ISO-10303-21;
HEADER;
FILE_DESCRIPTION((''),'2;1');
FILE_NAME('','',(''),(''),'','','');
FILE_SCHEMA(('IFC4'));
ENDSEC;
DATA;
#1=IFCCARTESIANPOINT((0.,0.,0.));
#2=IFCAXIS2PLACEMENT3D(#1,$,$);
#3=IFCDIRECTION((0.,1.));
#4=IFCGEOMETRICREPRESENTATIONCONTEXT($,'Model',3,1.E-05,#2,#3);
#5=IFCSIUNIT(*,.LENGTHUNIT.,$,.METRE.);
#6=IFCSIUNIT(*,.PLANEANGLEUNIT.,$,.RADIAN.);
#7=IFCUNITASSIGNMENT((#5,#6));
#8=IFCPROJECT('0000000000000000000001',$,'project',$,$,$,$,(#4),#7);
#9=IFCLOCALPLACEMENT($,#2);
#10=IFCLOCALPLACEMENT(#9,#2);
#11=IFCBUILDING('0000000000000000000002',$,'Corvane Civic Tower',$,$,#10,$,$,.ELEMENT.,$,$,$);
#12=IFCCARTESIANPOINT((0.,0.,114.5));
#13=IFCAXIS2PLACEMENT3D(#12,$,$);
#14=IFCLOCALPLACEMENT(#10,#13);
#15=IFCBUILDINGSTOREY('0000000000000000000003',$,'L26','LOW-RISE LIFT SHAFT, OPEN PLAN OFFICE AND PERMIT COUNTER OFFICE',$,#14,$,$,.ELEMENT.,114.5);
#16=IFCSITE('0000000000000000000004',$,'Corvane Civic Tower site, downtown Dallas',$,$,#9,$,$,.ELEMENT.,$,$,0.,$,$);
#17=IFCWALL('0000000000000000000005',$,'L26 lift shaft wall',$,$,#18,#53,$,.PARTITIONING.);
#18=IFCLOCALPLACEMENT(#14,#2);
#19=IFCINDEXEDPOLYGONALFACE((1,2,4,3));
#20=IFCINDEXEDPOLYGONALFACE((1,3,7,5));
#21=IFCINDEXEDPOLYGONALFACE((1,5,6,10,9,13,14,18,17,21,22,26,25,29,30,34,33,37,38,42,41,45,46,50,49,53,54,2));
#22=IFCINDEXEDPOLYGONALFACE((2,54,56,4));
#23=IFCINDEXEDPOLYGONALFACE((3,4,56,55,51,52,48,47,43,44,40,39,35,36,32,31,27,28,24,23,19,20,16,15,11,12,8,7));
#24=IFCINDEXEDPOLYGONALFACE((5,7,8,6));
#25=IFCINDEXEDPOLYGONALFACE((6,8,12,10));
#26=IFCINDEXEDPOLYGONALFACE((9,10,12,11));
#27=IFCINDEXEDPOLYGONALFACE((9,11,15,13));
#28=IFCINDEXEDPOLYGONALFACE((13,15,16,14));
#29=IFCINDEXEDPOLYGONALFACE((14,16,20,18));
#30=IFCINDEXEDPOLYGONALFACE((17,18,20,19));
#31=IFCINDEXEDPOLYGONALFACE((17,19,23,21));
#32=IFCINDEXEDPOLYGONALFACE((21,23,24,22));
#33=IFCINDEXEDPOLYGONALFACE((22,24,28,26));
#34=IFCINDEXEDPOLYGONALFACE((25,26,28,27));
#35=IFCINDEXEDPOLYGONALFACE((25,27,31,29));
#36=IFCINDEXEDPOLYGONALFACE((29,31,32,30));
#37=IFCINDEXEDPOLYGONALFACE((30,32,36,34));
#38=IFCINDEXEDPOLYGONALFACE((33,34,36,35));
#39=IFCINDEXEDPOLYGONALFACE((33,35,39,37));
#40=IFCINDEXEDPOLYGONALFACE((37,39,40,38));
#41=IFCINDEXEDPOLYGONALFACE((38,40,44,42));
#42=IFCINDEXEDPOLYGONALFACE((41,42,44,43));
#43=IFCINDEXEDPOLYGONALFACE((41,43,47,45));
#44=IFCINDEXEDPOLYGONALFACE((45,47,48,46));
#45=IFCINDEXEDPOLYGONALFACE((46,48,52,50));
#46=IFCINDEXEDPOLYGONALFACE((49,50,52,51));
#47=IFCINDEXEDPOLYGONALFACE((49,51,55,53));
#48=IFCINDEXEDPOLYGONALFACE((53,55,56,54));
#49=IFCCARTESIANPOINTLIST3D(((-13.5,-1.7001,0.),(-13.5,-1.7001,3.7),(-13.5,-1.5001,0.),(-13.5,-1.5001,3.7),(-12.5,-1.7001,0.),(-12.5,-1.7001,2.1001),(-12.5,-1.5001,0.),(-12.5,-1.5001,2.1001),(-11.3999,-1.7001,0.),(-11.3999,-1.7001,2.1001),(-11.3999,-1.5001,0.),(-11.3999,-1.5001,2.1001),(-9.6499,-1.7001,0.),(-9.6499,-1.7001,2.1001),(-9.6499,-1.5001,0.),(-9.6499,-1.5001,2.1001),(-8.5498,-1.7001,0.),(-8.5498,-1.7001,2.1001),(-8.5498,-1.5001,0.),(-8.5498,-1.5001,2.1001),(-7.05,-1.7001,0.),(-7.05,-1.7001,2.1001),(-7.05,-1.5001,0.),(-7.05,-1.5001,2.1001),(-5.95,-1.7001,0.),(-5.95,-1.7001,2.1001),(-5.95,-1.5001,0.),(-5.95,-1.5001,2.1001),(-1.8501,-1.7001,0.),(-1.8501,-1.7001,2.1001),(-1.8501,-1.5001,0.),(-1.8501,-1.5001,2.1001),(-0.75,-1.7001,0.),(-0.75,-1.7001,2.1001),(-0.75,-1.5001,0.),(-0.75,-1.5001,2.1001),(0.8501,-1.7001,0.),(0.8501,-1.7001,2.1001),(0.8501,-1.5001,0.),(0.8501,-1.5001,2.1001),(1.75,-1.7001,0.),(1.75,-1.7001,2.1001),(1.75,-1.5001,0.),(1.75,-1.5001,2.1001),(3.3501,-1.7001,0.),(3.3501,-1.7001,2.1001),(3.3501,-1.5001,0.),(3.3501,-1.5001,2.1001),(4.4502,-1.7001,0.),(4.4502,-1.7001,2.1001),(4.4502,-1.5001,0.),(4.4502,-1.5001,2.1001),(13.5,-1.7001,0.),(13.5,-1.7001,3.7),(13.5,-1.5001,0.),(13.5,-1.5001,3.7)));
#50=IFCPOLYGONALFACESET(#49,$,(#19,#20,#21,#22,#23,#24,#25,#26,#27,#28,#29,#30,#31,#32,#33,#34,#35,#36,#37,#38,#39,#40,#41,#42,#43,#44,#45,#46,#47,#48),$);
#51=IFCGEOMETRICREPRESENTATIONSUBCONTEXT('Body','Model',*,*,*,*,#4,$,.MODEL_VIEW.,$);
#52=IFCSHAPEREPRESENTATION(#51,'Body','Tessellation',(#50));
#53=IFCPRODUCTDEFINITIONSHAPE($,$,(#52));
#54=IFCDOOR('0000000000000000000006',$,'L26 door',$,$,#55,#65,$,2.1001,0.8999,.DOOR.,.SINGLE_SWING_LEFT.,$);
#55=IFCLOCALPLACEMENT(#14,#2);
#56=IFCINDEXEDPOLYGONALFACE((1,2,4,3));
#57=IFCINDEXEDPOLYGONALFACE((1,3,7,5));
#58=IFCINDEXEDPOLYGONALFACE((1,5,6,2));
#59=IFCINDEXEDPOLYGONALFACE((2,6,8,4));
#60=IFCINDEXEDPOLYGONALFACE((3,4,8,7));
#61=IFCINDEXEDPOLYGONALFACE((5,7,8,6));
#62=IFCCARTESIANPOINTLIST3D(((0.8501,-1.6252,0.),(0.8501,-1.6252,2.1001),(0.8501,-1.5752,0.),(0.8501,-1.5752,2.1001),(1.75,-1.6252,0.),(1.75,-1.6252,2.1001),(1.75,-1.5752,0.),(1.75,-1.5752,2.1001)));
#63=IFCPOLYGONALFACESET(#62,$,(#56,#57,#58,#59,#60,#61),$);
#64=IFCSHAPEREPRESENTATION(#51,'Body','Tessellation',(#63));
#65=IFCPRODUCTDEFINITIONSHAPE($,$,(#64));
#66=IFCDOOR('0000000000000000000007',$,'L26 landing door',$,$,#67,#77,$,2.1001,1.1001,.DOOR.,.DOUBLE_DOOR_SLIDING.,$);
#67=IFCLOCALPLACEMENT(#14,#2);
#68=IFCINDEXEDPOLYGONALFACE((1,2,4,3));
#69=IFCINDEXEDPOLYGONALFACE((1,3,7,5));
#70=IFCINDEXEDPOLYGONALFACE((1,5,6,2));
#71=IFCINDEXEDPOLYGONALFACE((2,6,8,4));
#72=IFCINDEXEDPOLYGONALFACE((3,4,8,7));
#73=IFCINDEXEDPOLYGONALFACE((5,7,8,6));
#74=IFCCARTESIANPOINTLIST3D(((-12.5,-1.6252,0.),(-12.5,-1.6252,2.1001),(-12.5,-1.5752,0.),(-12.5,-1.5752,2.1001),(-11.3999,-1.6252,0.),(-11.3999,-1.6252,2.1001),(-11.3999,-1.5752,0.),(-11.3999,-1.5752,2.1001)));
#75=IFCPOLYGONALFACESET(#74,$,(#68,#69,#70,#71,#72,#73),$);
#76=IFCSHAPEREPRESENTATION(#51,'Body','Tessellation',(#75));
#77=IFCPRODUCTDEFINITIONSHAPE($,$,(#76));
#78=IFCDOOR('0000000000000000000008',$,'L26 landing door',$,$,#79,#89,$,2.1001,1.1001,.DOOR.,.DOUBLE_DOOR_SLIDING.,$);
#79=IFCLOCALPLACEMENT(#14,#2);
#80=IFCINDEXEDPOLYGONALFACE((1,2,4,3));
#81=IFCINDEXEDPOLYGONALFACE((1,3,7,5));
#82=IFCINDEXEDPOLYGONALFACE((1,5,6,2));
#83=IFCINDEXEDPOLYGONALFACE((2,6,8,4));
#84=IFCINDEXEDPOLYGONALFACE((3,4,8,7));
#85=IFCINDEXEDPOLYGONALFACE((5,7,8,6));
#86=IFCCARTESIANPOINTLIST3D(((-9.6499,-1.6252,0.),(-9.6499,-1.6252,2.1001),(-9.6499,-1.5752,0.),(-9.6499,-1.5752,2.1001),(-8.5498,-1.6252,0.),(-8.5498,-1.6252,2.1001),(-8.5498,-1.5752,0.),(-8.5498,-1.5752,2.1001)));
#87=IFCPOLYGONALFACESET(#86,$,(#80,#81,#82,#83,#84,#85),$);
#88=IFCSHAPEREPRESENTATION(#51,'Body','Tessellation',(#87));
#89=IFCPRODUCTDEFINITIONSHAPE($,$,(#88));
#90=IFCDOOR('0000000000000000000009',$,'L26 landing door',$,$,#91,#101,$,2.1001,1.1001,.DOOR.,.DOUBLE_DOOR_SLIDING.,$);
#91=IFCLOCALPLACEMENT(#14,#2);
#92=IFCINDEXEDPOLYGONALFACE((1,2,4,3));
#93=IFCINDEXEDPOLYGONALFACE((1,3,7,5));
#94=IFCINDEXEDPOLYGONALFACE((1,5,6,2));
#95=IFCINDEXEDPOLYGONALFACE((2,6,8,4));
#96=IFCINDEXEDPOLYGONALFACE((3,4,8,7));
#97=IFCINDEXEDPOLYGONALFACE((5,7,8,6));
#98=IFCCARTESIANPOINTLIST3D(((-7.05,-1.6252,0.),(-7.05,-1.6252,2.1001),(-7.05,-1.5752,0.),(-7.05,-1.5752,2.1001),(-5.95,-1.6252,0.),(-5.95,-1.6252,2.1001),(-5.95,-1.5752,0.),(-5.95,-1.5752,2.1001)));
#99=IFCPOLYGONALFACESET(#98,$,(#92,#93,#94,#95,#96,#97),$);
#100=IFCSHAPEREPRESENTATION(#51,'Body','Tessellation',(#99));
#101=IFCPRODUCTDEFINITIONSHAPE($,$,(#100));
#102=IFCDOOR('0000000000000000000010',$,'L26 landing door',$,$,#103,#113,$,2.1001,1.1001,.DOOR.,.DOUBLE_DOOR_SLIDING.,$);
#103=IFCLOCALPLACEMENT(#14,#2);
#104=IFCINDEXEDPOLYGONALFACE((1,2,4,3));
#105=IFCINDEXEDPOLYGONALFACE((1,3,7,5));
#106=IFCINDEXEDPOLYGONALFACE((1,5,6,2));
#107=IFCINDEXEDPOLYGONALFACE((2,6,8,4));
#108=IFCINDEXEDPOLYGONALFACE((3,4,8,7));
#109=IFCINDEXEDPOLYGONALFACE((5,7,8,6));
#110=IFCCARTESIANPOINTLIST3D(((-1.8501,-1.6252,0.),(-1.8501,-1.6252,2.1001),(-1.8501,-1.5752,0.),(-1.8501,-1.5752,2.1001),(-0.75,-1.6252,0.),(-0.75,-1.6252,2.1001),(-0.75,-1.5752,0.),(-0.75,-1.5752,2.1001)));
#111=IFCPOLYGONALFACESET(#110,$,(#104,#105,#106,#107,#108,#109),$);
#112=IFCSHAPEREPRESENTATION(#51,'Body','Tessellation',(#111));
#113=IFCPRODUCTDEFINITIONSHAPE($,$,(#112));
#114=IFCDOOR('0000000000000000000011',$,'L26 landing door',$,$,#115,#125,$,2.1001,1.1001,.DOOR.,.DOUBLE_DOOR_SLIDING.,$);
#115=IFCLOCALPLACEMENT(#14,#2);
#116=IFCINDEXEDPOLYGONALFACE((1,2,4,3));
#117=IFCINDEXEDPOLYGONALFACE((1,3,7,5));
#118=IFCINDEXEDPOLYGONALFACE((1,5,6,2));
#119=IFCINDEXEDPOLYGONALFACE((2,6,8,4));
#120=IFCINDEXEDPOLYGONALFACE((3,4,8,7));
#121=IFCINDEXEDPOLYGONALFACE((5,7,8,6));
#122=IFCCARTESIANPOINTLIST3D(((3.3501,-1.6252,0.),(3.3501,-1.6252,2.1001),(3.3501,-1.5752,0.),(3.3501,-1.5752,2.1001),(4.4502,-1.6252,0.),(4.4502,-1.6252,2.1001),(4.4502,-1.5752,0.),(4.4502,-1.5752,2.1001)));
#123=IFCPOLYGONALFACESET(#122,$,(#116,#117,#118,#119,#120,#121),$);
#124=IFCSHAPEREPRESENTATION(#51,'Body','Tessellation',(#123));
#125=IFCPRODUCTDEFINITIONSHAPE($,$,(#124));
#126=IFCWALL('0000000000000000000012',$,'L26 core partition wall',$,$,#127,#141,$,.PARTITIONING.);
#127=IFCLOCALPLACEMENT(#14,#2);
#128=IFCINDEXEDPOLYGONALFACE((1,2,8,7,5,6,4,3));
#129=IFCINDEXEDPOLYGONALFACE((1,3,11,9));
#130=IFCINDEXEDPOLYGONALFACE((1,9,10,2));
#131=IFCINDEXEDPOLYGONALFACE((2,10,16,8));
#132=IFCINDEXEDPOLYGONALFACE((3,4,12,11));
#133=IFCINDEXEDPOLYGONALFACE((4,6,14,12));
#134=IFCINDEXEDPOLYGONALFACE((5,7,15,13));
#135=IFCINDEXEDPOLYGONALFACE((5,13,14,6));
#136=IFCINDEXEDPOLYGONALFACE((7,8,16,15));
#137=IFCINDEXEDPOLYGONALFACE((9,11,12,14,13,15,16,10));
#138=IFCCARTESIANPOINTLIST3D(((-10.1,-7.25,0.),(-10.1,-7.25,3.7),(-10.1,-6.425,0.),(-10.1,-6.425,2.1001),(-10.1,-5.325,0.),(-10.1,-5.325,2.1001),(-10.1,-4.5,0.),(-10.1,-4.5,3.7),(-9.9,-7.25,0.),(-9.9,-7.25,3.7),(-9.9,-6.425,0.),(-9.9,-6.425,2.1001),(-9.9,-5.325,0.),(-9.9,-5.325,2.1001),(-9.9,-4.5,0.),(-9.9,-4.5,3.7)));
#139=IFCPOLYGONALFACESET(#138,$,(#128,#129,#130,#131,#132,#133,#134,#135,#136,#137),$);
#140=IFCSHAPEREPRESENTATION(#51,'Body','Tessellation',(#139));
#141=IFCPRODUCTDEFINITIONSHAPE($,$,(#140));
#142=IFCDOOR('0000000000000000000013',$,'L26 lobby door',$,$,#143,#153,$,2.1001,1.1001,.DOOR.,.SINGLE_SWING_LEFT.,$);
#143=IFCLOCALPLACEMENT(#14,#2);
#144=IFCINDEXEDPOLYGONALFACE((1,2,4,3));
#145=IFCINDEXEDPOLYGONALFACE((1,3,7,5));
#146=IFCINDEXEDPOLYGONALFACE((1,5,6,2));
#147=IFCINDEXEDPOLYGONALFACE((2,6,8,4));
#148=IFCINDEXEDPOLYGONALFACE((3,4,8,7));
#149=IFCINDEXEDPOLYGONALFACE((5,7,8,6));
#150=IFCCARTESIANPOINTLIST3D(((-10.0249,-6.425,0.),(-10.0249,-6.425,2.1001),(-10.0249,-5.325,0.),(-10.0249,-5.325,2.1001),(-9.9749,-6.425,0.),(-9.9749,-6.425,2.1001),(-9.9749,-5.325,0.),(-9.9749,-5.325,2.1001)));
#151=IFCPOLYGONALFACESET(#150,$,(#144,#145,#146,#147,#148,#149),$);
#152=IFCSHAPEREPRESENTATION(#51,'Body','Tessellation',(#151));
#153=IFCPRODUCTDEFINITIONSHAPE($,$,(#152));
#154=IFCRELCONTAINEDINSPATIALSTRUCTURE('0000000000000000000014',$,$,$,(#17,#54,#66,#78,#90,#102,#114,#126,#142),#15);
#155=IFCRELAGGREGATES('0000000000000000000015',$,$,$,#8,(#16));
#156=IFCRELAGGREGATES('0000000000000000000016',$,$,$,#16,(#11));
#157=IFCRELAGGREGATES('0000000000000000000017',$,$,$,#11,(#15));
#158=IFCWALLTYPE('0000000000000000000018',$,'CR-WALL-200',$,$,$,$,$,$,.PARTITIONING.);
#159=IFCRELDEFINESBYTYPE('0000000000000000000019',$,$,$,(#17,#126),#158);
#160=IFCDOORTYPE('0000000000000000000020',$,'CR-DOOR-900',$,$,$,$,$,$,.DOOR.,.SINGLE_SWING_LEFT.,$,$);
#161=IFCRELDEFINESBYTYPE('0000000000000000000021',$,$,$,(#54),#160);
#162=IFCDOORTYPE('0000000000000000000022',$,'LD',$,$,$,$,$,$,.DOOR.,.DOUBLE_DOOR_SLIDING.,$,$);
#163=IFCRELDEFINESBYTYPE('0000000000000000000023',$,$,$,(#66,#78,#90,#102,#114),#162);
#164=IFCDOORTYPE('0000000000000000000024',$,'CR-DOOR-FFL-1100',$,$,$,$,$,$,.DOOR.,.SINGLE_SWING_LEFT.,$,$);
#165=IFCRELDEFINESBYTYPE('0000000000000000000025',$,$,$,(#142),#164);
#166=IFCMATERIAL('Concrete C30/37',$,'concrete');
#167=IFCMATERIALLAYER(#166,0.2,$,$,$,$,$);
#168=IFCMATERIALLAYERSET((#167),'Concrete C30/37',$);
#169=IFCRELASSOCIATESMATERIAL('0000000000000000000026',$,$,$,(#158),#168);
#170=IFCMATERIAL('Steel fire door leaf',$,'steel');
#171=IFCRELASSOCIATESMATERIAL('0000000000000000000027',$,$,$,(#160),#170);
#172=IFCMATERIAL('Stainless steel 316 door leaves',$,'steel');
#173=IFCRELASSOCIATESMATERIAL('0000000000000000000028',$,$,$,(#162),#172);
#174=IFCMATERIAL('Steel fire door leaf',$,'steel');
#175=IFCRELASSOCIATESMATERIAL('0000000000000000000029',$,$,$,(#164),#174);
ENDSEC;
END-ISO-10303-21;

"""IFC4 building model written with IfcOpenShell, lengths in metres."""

from ifc_helpers import new_model, si_unit, direction, frame, frame_2d, origin, place, context, subcontext, project, spatial, rectangle, extrude, material, layer, layer_set, type_object, element, fill, save


model = new_model("IFC4")

# Units and contexts
model_context = context("Model", 3, precision=1e-05, world=origin(), true_north=direction((0.0, 1.0)))
body_context = subcontext(model_context, "Body", "Model", "MODEL_VIEW")
ifc_project = project(units=[si_unit("LENGTHUNIT", "METRE"), si_unit("PLANEANGLEUNIT", "RADIAN")], contexts=[model_context])

# Site, building, storey
site_placement = place(None, origin())
site = spatial("IfcSite", under=ifc_project, at=site_placement, Name="Corvane Civic Tower site, downtown Dallas", CompositionType="ELEMENT", RefElevation=0.0)
building_placement = place(site_placement, origin())
building = spatial("IfcBuilding", under=site, at=building_placement, Name="Corvane Civic Tower", CompositionType="ELEMENT")
storey_placement = place(building_placement, frame((0.0, 0.0, 114.5)))
storey = spatial("IfcBuildingStorey", under=building, at=storey_placement, Name="L26", Description="LOW-RISE LIFT SHAFT, OPEN PLAN OFFICE AND PERMIT COUNTER OFFICE", CompositionType="ELEMENT", Elevation=114.5)

# Shared definitions
ifc_material_1 = material(Name="Concrete C30/37", Category="concrete")
ifc_layer_1 = layer(ifc_material_1, 0.2)
ifc_layer_set_1 = layer_set([ifc_layer_1], Name="Concrete C30/37")
wall_type_1 = type_object("IfcWallType", Name="CR-WALL-200", PredefinedType="PARTITIONING", material=ifc_layer_set_1)
ifc_material_2 = material(Name="Steel fire door leaf", Category="steel")
door_type_1 = type_object("IfcDoorType", Name="CR-DOOR-900", OperationType="SINGLE_SWING_LEFT", PredefinedType="DOOR", material=ifc_material_2)

# Wall, openings, doors
wall_1_placement = place(storey_placement, frame((-13.5, -1.6001, 0.0), z_axis=(0.0, 0.0, 1.0), x_axis=(1.0, 0.0, 0.0)))
wall_1 = element("IfcWall", 1, at=wall_1_placement, inside=storey, type_object=wall_type_1, Name="L26 lift shaft wall", PredefinedType="PARTITIONING", context=body_context, shape_type="SweptSolid", body=[
    extrude(rectangle(XDim=27.0, YDim=0.2, at=frame_2d((13.5, 0.0))), origin(), (0.0, 0.0, 1.0), 3.7),
])
opening_1_placement = place(wall_1_placement, frame((1.0, 0.0, 0.0)))
opening_1 = element("IfcOpeningElement", 2, at=opening_1_placement, cuts=wall_1, PredefinedType="OPENING", context=body_context, shape_type="SweptSolid", body=[
    extrude(rectangle(XDim=1.1001, YDim=2.1001, at=frame_2d((0.55, 1.05))), frame((0.0, 0.1099, 0.0), z_axis=(0.0, -1.0, 0.0), x_axis=(1.0, 0.0, 0.0)), (0.0, 0.0, 1.0), 0.22),
])
opening_2_placement = place(wall_1_placement, frame((3.8501, 0.0, 0.0)))
opening_2 = element("IfcOpeningElement", 3, at=opening_2_placement, cuts=wall_1, PredefinedType="OPENING", context=body_context, shape_type="SweptSolid", body=[
    extrude(rectangle(XDim=1.1001, YDim=2.1001, at=frame_2d((0.55, 1.05))), frame((0.0, 0.1099, 0.0), z_axis=(0.0, -1.0, 0.0), x_axis=(1.0, 0.0, 0.0)), (0.0, 0.0, 1.0), 0.22),
])
opening_3_placement = place(wall_1_placement, frame((6.45, 0.0, 0.0)))
opening_3 = element("IfcOpeningElement", 4, at=opening_3_placement, cuts=wall_1, PredefinedType="OPENING", context=body_context, shape_type="SweptSolid", body=[
    extrude(rectangle(XDim=1.1001, YDim=2.1001, at=frame_2d((0.55, 1.05))), frame((0.0, 0.1099, 0.0), z_axis=(0.0, -1.0, 0.0), x_axis=(1.0, 0.0, 0.0)), (0.0, 0.0, 1.0), 0.22),
])
opening_4_placement = place(wall_1_placement, frame((11.6499, 0.0, 0.0)))
opening_4 = element("IfcOpeningElement", 5, at=opening_4_placement, cuts=wall_1, PredefinedType="OPENING", context=body_context, shape_type="SweptSolid", body=[
    extrude(rectangle(XDim=1.1001, YDim=2.1001, at=frame_2d((0.55, 1.05))), frame((0.0, 0.1099, 0.0), z_axis=(0.0, -1.0, 0.0), x_axis=(1.0, 0.0, 0.0)), (0.0, 0.0, 1.0), 0.22),
])
opening_5_placement = place(wall_1_placement, frame((14.3501, 0.0, 0.0)))
opening_5 = element("IfcOpeningElement", 6, at=opening_5_placement, cuts=wall_1, PredefinedType="OPENING", context=body_context, shape_type="SweptSolid", body=[
    extrude(rectangle(XDim=0.8999, YDim=2.1001, at=frame_2d((0.45, 1.05))), frame((0.0, 0.1099, 0.0), z_axis=(0.0, -1.0, 0.0), x_axis=(1.0, 0.0, 0.0)), (0.0, 0.0, 1.0), 0.22),
])
opening_6_placement = place(wall_1_placement, frame((16.8501, 0.0, 0.0)))
opening_6 = element("IfcOpeningElement", 7, at=opening_6_placement, cuts=wall_1, PredefinedType="OPENING", context=body_context, shape_type="SweptSolid", body=[
    extrude(rectangle(XDim=1.1001, YDim=2.1001, at=frame_2d((0.55, 1.05))), frame((0.0, 0.1099, 0.0), z_axis=(0.0, -1.0, 0.0), x_axis=(1.0, 0.0, 0.0)), (0.0, 0.0, 1.0), 0.22),
])
door_1_placement = place(opening_5_placement, origin())
door_1 = element("IfcDoor", 8, at=door_1_placement, inside=storey, type_object=door_type_1, Name="L26 door", OperationType="SINGLE_SWING_LEFT", OverallHeight=2.1001, OverallWidth=0.8999, PredefinedType="DOOR", context=body_context, shape_type="SweptSolid", body=[
    extrude(rectangle(XDim=0.8999, YDim=2.1001, at=frame_2d((0.45, 1.05))), frame((0.0, 0.0249, 0.0), z_axis=(0.0, -1.0, 0.0), x_axis=(1.0, 0.0, 0.0)), (0.0, 0.0, 1.0), 0.05),
])
fill(opening_5, door_1)
ifc_material_3 = material(Name="Stainless steel 316 door leaves", Category="steel")
door_type_2 = type_object("IfcDoorType", Name="LD", OperationType="DOUBLE_DOOR_SLIDING", PredefinedType="DOOR", material=ifc_material_3)
door_2_placement = place(opening_1_placement, origin())
door_2 = element("IfcDoor", 9, at=door_2_placement, inside=storey, type_object=door_type_2, Name="L26 landing door", OperationType="DOUBLE_DOOR_SLIDING", OverallHeight=2.1001, OverallWidth=1.1001, PredefinedType="DOOR", context=body_context, shape_type="SweptSolid", body=[
    extrude(rectangle(XDim=1.1001, YDim=2.1001, at=frame_2d((0.55, 1.05))), frame((0.0, 0.0249, 0.0), z_axis=(0.0, -1.0, 0.0), x_axis=(1.0, 0.0, 0.0)), (0.0, 0.0, 1.0), 0.05),
])
fill(opening_1, door_2)
door_3_placement = place(opening_2_placement, origin())
door_3 = element("IfcDoor", 10, at=door_3_placement, inside=storey, type_object=door_type_2, Name="L26 landing door", OperationType="DOUBLE_DOOR_SLIDING", OverallHeight=2.1001, OverallWidth=1.1001, PredefinedType="DOOR", context=body_context, shape_type="SweptSolid", body=[
    extrude(rectangle(XDim=1.1001, YDim=2.1001, at=frame_2d((0.55, 1.05))), frame((0.0, 0.0249, 0.0), z_axis=(0.0, -1.0, 0.0), x_axis=(1.0, 0.0, 0.0)), (0.0, 0.0, 1.0), 0.05),
])
fill(opening_2, door_3)
door_4_placement = place(opening_3_placement, origin())
door_4 = element("IfcDoor", 11, at=door_4_placement, inside=storey, type_object=door_type_2, Name="L26 landing door", OperationType="DOUBLE_DOOR_SLIDING", OverallHeight=2.1001, OverallWidth=1.1001, PredefinedType="DOOR", context=body_context, shape_type="SweptSolid", body=[
    extrude(rectangle(XDim=1.1001, YDim=2.1001, at=frame_2d((0.55, 1.05))), frame((0.0, 0.0249, 0.0), z_axis=(0.0, -1.0, 0.0), x_axis=(1.0, 0.0, 0.0)), (0.0, 0.0, 1.0), 0.05),
])
fill(opening_3, door_4)
door_5_placement = place(opening_4_placement, origin())
door_5 = element("IfcDoor", 12, at=door_5_placement, inside=storey, type_object=door_type_2, Name="L26 landing door", OperationType="DOUBLE_DOOR_SLIDING", OverallHeight=2.1001, OverallWidth=1.1001, PredefinedType="DOOR", context=body_context, shape_type="SweptSolid", body=[
    extrude(rectangle(XDim=1.1001, YDim=2.1001, at=frame_2d((0.55, 1.05))), frame((0.0, 0.0249, 0.0), z_axis=(0.0, -1.0, 0.0), x_axis=(1.0, 0.0, 0.0)), (0.0, 0.0, 1.0), 0.05),
])
fill(opening_4, door_5)
door_6_placement = place(opening_6_placement, origin())
door_6 = element("IfcDoor", 13, at=door_6_placement, inside=storey, type_object=door_type_2, Name="L26 landing door", OperationType="DOUBLE_DOOR_SLIDING", OverallHeight=2.1001, OverallWidth=1.1001, PredefinedType="DOOR", context=body_context, shape_type="SweptSolid", body=[
    extrude(rectangle(XDim=1.1001, YDim=2.1001, at=frame_2d((0.55, 1.05))), frame((0.0, 0.0249, 0.0), z_axis=(0.0, -1.0, 0.0), x_axis=(1.0, 0.0, 0.0)), (0.0, 0.0, 1.0), 0.05),
])
fill(opening_6, door_6)

# Wall, opening, door
wall_2_placement = place(storey_placement, frame((-10.0, -7.25, 0.0), z_axis=(0.0, 0.0, 1.0), x_axis=(0.0, 1.0, 0.0)))
wall_2 = element("IfcWall", 14, at=wall_2_placement, inside=storey, type_object=wall_type_1, Name="L26 core partition wall", PredefinedType="PARTITIONING", context=body_context, shape_type="SweptSolid", body=[
    extrude(rectangle(XDim=2.75, YDim=0.2, at=frame_2d((1.375, 0.0))), origin(), (0.0, 0.0, 1.0), 3.7),
])
opening_7_placement = place(wall_2_placement, frame((0.825, 0.0, 0.0)))
opening_7 = element("IfcOpeningElement", 15, at=opening_7_placement, cuts=wall_2, PredefinedType="OPENING", context=body_context, shape_type="SweptSolid", body=[
    extrude(rectangle(XDim=1.1001, YDim=2.1001, at=frame_2d((0.55, 1.05))), frame((0.0, 0.1099, 0.0), z_axis=(0.0, -1.0, 0.0), x_axis=(1.0, 0.0, 0.0)), (0.0, 0.0, 1.0), 0.22),
])
ifc_material_4 = material(Name="Steel fire door leaf", Category="steel")
door_type_3 = type_object("IfcDoorType", Name="CR-DOOR-FFL-1100", OperationType="SINGLE_SWING_LEFT", PredefinedType="DOOR", material=ifc_material_4)
door_7_placement = place(opening_7_placement, origin())
door_7 = element("IfcDoor", 16, at=door_7_placement, inside=storey, type_object=door_type_3, Name="L26 lobby door", OperationType="SINGLE_SWING_LEFT", OverallHeight=2.1001, OverallWidth=1.1001, PredefinedType="DOOR", context=body_context, shape_type="SweptSolid", body=[
    extrude(rectangle(XDim=1.1001, YDim=2.1001, at=frame_2d((0.55, 1.05))), frame((0.0, 0.0249, 0.0), z_axis=(0.0, -1.0, 0.0), x_axis=(1.0, 0.0, 0.0)), (0.0, 0.0, 1.0), 0.05),
])
fill(opening_7, door_7)

save(model, "model.ifc")
